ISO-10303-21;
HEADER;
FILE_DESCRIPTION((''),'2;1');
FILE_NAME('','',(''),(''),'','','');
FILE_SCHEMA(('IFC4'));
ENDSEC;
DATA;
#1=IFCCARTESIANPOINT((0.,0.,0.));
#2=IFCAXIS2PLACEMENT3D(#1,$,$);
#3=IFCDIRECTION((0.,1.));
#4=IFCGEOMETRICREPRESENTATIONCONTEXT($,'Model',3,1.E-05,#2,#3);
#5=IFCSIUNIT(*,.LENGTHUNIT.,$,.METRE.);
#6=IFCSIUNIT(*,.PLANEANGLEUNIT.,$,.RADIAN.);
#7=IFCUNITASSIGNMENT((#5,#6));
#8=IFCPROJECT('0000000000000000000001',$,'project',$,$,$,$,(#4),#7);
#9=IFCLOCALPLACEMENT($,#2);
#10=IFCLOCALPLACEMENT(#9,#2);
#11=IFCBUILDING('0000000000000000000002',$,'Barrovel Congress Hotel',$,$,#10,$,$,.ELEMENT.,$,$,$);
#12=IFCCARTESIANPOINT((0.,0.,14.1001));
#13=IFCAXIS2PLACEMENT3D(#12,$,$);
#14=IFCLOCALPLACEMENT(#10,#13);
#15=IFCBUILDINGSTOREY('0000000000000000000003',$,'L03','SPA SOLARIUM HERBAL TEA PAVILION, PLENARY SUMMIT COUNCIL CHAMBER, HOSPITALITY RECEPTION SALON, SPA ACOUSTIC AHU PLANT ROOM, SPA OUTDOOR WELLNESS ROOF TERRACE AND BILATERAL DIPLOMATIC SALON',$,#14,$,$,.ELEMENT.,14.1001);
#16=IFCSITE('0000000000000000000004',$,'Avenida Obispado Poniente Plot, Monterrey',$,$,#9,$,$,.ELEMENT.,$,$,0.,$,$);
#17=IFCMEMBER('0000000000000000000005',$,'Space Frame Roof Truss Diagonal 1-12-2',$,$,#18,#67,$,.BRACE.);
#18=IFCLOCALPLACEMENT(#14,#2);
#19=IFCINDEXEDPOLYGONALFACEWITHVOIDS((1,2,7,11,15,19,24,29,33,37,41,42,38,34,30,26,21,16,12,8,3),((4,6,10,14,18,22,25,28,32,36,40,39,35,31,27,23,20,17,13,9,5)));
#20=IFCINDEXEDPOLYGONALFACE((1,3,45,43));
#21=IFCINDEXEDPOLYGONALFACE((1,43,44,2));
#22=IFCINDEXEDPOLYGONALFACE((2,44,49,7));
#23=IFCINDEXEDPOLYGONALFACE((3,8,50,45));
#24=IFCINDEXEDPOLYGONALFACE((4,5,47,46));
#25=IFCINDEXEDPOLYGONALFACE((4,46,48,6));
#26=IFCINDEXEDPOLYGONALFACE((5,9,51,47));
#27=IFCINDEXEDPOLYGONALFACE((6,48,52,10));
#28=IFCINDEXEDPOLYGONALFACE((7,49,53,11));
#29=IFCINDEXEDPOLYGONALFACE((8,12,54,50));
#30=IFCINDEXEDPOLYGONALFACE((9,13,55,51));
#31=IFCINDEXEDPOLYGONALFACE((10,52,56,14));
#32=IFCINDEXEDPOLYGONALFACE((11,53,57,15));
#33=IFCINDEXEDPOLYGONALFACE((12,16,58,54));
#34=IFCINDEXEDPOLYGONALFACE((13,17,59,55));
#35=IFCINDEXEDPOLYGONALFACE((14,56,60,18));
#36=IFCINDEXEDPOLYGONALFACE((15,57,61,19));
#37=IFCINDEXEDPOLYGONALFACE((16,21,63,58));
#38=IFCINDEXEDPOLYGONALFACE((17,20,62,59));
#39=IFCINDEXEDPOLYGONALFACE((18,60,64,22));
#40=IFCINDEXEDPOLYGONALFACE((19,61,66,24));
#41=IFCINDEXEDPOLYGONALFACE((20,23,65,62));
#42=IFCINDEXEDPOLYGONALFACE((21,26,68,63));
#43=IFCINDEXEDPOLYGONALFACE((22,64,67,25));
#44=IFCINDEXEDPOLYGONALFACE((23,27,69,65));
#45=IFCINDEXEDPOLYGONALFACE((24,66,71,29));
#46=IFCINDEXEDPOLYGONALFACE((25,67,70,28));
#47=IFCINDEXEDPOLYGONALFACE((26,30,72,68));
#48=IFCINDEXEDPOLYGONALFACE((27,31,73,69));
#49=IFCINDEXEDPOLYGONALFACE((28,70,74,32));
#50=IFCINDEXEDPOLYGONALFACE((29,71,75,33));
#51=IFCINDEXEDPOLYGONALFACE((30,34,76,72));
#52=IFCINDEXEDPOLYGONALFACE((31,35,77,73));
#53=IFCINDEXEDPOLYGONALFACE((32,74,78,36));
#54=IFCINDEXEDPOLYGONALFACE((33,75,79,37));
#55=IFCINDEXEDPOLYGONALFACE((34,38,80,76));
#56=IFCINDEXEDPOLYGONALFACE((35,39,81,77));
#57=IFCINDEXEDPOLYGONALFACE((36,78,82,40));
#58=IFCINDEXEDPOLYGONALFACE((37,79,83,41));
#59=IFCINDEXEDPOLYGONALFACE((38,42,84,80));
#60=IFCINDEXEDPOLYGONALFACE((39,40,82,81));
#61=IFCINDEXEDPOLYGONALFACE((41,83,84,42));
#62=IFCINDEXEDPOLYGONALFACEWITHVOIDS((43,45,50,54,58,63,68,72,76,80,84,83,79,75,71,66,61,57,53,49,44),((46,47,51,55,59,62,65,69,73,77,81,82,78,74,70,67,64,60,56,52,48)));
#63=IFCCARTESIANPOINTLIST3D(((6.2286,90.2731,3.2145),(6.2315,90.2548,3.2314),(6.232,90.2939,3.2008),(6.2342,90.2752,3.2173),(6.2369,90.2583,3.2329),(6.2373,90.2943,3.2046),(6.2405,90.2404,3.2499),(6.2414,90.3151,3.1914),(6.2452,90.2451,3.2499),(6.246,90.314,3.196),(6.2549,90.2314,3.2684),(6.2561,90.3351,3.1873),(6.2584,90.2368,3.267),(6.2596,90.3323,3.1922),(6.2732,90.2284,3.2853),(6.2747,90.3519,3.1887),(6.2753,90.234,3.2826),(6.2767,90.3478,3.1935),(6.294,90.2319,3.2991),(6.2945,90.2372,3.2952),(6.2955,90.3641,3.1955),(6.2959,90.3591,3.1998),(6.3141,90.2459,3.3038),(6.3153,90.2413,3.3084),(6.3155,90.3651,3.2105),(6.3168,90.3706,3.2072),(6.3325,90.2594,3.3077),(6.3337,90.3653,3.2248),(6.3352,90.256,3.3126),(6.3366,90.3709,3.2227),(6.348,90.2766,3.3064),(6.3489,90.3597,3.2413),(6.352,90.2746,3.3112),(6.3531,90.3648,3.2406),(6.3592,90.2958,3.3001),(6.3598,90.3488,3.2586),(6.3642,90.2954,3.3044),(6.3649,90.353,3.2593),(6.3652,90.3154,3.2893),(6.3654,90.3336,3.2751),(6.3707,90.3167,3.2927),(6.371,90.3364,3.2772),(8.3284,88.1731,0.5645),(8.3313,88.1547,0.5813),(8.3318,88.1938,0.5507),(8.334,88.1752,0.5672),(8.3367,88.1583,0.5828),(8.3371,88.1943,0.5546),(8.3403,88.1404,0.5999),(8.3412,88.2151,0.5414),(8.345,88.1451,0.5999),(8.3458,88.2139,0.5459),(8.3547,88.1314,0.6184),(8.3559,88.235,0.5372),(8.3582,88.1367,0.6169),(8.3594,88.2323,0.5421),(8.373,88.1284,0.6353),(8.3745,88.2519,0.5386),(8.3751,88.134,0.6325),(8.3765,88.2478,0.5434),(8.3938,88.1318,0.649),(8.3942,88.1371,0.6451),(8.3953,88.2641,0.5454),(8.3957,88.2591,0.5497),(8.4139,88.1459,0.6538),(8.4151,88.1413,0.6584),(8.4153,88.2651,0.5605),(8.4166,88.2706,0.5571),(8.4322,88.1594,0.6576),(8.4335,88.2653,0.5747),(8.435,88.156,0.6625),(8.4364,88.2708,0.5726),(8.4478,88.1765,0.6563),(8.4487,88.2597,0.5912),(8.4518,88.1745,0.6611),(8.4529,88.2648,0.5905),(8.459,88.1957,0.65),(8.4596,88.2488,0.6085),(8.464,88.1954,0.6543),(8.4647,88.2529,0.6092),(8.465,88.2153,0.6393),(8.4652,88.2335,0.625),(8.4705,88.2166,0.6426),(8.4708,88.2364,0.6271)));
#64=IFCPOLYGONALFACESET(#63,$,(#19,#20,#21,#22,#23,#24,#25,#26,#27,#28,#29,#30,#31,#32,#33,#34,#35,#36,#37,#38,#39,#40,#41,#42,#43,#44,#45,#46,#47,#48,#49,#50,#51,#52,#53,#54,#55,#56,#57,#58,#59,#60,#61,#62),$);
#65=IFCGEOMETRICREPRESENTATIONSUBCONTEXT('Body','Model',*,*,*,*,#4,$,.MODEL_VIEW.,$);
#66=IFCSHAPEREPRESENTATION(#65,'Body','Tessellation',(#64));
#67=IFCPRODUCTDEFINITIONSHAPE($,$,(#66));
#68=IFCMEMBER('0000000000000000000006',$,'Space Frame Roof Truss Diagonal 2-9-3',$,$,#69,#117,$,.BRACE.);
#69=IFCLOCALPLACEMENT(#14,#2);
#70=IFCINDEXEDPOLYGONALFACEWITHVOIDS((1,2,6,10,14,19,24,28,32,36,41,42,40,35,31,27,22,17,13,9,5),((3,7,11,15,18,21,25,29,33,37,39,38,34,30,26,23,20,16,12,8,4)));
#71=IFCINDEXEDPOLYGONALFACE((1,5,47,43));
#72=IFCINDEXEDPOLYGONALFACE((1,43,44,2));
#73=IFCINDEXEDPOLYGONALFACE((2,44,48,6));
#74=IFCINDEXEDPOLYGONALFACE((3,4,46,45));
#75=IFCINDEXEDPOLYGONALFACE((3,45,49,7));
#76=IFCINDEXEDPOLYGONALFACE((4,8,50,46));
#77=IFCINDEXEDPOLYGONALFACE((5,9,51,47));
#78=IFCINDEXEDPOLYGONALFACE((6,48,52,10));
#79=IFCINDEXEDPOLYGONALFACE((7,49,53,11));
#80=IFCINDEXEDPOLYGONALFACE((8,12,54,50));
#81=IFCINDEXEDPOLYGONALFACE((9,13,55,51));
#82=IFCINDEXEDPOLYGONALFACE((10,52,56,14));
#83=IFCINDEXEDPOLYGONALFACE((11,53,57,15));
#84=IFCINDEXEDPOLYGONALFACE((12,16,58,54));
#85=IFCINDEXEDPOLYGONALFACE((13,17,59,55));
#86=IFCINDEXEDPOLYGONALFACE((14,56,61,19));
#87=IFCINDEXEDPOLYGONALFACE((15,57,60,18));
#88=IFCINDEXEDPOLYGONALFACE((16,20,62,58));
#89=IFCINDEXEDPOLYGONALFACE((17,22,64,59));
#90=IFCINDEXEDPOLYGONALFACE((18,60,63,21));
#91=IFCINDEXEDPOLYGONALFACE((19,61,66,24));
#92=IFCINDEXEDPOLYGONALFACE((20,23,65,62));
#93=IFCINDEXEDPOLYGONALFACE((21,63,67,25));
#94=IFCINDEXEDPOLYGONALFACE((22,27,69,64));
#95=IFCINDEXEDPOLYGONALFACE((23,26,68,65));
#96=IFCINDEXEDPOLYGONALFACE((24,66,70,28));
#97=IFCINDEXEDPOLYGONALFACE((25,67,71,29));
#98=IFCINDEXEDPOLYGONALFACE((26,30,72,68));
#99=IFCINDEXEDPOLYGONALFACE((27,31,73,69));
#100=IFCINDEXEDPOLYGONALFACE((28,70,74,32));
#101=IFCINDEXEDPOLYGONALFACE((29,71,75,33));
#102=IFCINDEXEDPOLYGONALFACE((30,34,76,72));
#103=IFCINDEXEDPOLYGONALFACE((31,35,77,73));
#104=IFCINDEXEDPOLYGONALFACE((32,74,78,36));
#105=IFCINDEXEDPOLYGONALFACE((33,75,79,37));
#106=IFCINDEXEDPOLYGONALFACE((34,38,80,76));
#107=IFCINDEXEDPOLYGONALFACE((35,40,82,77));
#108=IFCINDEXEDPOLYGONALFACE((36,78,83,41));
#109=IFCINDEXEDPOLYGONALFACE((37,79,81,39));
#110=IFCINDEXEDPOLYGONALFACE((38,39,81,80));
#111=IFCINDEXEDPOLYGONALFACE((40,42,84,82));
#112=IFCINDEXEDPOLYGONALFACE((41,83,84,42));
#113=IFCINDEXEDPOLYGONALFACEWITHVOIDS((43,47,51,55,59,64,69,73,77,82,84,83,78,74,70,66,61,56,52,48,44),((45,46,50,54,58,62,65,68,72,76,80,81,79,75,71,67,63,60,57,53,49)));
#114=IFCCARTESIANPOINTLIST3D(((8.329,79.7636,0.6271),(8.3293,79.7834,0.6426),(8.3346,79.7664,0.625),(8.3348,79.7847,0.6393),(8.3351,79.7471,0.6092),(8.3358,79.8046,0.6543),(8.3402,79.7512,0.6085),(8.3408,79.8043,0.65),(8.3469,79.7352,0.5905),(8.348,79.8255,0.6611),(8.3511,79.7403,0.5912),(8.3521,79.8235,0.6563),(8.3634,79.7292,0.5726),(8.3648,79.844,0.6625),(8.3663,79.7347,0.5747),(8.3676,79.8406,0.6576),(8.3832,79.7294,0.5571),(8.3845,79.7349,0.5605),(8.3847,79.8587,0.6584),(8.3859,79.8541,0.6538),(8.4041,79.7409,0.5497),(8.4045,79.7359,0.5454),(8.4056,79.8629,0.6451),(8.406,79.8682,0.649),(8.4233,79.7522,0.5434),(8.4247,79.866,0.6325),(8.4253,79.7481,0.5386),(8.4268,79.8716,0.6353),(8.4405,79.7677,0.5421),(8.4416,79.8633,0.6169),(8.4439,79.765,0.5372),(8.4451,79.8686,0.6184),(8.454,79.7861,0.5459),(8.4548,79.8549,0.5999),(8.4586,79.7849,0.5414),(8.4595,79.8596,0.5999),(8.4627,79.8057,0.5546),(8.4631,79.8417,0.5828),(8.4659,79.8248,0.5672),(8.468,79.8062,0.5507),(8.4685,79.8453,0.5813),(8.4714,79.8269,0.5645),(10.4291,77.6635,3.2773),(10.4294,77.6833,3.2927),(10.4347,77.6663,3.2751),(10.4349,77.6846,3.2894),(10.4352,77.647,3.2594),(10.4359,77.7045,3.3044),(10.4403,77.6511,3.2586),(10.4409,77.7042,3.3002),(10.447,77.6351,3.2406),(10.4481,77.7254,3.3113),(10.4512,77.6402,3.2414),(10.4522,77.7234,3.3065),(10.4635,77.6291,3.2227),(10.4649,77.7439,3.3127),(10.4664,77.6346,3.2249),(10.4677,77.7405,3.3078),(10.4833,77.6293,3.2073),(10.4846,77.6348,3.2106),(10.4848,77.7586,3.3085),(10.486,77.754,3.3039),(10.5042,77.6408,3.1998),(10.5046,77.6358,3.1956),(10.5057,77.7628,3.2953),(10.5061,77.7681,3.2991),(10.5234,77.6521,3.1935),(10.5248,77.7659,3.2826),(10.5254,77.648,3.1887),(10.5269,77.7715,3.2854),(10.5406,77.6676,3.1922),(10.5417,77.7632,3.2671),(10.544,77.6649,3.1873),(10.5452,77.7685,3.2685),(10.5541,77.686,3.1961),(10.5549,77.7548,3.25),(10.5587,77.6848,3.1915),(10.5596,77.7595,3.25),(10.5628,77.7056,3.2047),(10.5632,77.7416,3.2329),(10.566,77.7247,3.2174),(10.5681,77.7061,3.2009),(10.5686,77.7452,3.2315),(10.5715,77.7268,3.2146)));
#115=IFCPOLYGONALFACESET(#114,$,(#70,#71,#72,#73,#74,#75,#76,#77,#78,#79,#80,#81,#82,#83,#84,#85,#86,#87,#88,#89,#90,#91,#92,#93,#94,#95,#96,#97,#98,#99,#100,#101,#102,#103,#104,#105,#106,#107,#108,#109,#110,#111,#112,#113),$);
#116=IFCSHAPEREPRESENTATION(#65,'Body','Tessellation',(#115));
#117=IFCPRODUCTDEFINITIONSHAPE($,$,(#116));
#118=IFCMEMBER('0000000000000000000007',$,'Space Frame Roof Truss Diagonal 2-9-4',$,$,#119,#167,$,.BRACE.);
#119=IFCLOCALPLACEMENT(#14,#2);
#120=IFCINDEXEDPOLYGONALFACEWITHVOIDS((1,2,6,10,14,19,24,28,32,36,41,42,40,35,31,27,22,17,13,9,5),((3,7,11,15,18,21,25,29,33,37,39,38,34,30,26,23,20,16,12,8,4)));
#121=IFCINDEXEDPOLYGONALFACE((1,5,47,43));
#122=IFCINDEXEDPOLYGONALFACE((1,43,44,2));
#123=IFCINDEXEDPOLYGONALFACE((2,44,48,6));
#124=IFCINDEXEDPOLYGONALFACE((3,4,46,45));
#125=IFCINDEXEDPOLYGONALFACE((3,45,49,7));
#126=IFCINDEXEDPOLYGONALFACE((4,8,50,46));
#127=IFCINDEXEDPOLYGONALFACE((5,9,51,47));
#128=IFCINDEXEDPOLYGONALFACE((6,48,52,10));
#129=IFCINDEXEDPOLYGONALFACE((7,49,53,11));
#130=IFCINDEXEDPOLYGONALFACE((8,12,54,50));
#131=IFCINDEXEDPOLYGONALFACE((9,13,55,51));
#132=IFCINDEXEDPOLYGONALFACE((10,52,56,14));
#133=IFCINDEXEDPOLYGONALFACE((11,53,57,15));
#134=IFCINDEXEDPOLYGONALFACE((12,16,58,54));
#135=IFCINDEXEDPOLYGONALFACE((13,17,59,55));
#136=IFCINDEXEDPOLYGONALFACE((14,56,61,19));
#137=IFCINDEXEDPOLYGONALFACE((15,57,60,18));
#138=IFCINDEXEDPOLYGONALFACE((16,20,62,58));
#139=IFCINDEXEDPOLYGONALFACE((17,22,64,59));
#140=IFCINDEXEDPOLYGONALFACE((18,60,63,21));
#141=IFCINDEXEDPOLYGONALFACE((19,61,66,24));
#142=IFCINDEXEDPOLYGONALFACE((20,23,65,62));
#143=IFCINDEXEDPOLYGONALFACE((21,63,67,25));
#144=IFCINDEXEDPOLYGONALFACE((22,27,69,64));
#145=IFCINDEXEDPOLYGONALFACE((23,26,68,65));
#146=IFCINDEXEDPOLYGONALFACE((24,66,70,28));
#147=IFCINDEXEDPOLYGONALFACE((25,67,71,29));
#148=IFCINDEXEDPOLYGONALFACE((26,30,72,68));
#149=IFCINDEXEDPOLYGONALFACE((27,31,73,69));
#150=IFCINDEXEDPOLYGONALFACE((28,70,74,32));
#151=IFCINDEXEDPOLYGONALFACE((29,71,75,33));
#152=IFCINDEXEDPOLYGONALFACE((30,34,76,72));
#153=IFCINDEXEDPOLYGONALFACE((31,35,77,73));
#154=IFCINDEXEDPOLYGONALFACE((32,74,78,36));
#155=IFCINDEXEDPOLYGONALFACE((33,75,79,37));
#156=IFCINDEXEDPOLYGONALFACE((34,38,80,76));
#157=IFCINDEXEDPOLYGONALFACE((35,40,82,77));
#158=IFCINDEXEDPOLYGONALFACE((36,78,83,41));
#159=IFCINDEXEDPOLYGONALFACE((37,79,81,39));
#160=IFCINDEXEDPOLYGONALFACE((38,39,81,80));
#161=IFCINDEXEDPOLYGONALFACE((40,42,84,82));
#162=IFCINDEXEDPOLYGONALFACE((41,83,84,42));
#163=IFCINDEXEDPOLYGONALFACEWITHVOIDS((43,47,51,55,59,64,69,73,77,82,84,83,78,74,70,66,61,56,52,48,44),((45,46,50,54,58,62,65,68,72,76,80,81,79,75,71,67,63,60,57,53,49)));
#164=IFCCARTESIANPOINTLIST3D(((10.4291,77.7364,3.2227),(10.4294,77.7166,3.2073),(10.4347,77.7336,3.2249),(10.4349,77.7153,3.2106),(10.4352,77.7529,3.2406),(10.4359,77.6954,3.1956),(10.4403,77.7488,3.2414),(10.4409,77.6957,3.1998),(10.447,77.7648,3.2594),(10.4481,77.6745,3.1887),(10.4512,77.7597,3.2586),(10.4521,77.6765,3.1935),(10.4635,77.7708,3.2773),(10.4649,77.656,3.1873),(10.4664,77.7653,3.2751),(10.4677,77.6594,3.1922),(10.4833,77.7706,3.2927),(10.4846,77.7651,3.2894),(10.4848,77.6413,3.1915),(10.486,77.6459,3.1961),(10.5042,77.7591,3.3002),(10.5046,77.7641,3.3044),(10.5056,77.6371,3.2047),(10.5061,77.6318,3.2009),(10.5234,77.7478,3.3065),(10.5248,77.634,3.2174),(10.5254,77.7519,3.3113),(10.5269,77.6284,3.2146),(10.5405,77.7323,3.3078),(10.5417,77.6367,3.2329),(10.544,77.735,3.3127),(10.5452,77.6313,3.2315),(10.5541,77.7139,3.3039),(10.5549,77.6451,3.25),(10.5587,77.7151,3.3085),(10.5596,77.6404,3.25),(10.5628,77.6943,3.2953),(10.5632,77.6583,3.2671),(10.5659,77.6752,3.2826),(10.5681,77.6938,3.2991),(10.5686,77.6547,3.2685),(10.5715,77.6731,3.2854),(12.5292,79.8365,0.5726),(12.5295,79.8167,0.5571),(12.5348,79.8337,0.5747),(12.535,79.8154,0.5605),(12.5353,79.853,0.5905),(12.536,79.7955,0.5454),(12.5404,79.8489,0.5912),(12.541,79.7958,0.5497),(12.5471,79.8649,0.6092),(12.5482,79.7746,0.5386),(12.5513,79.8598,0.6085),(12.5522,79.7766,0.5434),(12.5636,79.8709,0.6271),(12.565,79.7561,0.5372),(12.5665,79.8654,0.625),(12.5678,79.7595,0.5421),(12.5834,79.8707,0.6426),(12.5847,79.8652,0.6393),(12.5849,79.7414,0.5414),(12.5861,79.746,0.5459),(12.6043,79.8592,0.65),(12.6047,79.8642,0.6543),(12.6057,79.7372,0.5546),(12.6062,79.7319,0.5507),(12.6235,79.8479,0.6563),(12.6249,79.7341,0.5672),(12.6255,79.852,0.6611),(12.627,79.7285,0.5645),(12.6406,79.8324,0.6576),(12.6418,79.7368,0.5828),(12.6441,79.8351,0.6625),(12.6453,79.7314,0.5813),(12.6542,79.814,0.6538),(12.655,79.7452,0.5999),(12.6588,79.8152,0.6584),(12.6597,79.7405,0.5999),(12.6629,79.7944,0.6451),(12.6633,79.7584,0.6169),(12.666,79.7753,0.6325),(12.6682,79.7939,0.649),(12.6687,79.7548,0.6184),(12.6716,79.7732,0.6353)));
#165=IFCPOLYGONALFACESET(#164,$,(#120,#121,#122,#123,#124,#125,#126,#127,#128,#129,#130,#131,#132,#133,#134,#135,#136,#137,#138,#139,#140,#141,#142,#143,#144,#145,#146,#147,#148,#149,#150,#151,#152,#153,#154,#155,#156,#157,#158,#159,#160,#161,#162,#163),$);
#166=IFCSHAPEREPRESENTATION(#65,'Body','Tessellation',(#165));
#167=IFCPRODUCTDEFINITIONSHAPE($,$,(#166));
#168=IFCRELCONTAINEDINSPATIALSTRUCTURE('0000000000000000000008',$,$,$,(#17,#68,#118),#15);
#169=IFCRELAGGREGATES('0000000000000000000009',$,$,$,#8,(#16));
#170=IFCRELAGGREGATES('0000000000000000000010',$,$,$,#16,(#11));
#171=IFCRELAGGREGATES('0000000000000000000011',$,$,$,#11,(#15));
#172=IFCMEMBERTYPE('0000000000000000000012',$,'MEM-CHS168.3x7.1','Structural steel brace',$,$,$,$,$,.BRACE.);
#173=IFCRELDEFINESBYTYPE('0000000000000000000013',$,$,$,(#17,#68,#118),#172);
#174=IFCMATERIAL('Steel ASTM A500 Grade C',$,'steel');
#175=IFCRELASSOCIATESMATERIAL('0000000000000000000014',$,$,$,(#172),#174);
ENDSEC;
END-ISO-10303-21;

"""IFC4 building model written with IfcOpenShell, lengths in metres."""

from ifc_helpers import new_model, si_unit, direction, frame, origin, origin_2d, place, context, subcontext, project, spatial, hollow_circle, extrude, material, material_profile, profile_set, type_object, element, save


model = new_model("IFC4")

# Units and contexts
model_context = context("Model", 3, precision=1e-05, world=origin(), true_north=direction((0.0, 1.0)))
body_context = subcontext(model_context, "Body", "Model", "MODEL_VIEW")
ifc_project = project(units=[si_unit("LENGTHUNIT", "METRE"), si_unit("PLANEANGLEUNIT", "RADIAN")], contexts=[model_context])

# Site, building, storey
site_placement = place(None, origin())
site = spatial("IfcSite", under=ifc_project, at=site_placement, Name="Avenida Obispado Poniente Plot, Monterrey", CompositionType="ELEMENT", RefElevation=0.0)
building_placement = place(site_placement, origin())
building = spatial("IfcBuilding", under=site, at=building_placement, Name="Barrovel Congress Hotel", CompositionType="ELEMENT")
storey_placement = place(building_placement, frame((0.0, 0.0, 14.1001)))
storey = spatial("IfcBuildingStorey", under=building, at=storey_placement, Name="L03", Description="SPA SOLARIUM HERBAL TEA PAVILION, PLENARY SUMMIT COUNCIL CHAMBER, HOSPITALITY RECEPTION SALON, SPA ACOUSTIC AHU PLANT ROOM, SPA OUTDOOR WELLNESS ROOF TERRACE AND BILATERAL DIPLOMATIC SALON", CompositionType="ELEMENT", Elevation=14.1001)

# Members
ifc_material_1 = material(Name="Steel ASTM A500 Grade C", Category="steel")
ifc_material_profile_1 = material_profile(ifc_material_1, hollow_circle(Radius=0.0842, WallThickness=0.0066, at=origin_2d()), Name="CHS168.3x7.1")
ifc_profile_set_1 = profile_set([ifc_material_profile_1], Name="Steel ASTM A500 Grade C")
member_type_1 = type_object("IfcMemberType", Name="MEM-CHS168.3x7.1", Description="Structural steel brace", PredefinedType="BRACE", material=ifc_profile_set_1)
member_1_placement = place(storey_placement, frame((8.3999, 88.2, 0.5999), z_axis=(-0.527557, 0.527618, 0.66581), x_axis=(-0.707148, -0.707066, 0.0)))
element("IfcMember", 1, at=member_1_placement, inside=storey, type_object=member_type_1, Name="Space Frame Roof Truss Diagonal 1-12-2", PredefinedType="BRACE", context=body_context, shape_type="SweptSolid", body=[
    extrude(hollow_circle(Radius=0.0842, WallThickness=0.0066, at=origin_2d()), origin(), (0.0, 0.0, 1.0), 3.9802),
])
for number, where, z_axis, x_axis, name in (
    (2, (8.3999, 79.8, 0.5999), (0.527601, -0.527601, 0.665788), (0.707107, 0.707107, 0.0), "Space Frame Roof Truss Diagonal 2-9-3"),
    (3, (12.6001, 79.8, 0.5999), (-0.527601, -0.527601, 0.665788), (0.707107, -0.707107, 0.0), "Space Frame Roof Truss Diagonal 2-9-4"),
):
    element("IfcMember", number, at=place(storey_placement, frame(where, z_axis=z_axis, x_axis=x_axis)), inside=storey, type_object=member_type_1, Name=name, PredefinedType="BRACE", context=body_context, shape_type="SweptSolid", body=[
        extrude(hollow_circle(Radius=0.0842, WallThickness=0.0066, at=origin_2d()), origin(), (0.0, 0.0, 1.0), 3.9805),
    ])

save(model, "model.ifc")
